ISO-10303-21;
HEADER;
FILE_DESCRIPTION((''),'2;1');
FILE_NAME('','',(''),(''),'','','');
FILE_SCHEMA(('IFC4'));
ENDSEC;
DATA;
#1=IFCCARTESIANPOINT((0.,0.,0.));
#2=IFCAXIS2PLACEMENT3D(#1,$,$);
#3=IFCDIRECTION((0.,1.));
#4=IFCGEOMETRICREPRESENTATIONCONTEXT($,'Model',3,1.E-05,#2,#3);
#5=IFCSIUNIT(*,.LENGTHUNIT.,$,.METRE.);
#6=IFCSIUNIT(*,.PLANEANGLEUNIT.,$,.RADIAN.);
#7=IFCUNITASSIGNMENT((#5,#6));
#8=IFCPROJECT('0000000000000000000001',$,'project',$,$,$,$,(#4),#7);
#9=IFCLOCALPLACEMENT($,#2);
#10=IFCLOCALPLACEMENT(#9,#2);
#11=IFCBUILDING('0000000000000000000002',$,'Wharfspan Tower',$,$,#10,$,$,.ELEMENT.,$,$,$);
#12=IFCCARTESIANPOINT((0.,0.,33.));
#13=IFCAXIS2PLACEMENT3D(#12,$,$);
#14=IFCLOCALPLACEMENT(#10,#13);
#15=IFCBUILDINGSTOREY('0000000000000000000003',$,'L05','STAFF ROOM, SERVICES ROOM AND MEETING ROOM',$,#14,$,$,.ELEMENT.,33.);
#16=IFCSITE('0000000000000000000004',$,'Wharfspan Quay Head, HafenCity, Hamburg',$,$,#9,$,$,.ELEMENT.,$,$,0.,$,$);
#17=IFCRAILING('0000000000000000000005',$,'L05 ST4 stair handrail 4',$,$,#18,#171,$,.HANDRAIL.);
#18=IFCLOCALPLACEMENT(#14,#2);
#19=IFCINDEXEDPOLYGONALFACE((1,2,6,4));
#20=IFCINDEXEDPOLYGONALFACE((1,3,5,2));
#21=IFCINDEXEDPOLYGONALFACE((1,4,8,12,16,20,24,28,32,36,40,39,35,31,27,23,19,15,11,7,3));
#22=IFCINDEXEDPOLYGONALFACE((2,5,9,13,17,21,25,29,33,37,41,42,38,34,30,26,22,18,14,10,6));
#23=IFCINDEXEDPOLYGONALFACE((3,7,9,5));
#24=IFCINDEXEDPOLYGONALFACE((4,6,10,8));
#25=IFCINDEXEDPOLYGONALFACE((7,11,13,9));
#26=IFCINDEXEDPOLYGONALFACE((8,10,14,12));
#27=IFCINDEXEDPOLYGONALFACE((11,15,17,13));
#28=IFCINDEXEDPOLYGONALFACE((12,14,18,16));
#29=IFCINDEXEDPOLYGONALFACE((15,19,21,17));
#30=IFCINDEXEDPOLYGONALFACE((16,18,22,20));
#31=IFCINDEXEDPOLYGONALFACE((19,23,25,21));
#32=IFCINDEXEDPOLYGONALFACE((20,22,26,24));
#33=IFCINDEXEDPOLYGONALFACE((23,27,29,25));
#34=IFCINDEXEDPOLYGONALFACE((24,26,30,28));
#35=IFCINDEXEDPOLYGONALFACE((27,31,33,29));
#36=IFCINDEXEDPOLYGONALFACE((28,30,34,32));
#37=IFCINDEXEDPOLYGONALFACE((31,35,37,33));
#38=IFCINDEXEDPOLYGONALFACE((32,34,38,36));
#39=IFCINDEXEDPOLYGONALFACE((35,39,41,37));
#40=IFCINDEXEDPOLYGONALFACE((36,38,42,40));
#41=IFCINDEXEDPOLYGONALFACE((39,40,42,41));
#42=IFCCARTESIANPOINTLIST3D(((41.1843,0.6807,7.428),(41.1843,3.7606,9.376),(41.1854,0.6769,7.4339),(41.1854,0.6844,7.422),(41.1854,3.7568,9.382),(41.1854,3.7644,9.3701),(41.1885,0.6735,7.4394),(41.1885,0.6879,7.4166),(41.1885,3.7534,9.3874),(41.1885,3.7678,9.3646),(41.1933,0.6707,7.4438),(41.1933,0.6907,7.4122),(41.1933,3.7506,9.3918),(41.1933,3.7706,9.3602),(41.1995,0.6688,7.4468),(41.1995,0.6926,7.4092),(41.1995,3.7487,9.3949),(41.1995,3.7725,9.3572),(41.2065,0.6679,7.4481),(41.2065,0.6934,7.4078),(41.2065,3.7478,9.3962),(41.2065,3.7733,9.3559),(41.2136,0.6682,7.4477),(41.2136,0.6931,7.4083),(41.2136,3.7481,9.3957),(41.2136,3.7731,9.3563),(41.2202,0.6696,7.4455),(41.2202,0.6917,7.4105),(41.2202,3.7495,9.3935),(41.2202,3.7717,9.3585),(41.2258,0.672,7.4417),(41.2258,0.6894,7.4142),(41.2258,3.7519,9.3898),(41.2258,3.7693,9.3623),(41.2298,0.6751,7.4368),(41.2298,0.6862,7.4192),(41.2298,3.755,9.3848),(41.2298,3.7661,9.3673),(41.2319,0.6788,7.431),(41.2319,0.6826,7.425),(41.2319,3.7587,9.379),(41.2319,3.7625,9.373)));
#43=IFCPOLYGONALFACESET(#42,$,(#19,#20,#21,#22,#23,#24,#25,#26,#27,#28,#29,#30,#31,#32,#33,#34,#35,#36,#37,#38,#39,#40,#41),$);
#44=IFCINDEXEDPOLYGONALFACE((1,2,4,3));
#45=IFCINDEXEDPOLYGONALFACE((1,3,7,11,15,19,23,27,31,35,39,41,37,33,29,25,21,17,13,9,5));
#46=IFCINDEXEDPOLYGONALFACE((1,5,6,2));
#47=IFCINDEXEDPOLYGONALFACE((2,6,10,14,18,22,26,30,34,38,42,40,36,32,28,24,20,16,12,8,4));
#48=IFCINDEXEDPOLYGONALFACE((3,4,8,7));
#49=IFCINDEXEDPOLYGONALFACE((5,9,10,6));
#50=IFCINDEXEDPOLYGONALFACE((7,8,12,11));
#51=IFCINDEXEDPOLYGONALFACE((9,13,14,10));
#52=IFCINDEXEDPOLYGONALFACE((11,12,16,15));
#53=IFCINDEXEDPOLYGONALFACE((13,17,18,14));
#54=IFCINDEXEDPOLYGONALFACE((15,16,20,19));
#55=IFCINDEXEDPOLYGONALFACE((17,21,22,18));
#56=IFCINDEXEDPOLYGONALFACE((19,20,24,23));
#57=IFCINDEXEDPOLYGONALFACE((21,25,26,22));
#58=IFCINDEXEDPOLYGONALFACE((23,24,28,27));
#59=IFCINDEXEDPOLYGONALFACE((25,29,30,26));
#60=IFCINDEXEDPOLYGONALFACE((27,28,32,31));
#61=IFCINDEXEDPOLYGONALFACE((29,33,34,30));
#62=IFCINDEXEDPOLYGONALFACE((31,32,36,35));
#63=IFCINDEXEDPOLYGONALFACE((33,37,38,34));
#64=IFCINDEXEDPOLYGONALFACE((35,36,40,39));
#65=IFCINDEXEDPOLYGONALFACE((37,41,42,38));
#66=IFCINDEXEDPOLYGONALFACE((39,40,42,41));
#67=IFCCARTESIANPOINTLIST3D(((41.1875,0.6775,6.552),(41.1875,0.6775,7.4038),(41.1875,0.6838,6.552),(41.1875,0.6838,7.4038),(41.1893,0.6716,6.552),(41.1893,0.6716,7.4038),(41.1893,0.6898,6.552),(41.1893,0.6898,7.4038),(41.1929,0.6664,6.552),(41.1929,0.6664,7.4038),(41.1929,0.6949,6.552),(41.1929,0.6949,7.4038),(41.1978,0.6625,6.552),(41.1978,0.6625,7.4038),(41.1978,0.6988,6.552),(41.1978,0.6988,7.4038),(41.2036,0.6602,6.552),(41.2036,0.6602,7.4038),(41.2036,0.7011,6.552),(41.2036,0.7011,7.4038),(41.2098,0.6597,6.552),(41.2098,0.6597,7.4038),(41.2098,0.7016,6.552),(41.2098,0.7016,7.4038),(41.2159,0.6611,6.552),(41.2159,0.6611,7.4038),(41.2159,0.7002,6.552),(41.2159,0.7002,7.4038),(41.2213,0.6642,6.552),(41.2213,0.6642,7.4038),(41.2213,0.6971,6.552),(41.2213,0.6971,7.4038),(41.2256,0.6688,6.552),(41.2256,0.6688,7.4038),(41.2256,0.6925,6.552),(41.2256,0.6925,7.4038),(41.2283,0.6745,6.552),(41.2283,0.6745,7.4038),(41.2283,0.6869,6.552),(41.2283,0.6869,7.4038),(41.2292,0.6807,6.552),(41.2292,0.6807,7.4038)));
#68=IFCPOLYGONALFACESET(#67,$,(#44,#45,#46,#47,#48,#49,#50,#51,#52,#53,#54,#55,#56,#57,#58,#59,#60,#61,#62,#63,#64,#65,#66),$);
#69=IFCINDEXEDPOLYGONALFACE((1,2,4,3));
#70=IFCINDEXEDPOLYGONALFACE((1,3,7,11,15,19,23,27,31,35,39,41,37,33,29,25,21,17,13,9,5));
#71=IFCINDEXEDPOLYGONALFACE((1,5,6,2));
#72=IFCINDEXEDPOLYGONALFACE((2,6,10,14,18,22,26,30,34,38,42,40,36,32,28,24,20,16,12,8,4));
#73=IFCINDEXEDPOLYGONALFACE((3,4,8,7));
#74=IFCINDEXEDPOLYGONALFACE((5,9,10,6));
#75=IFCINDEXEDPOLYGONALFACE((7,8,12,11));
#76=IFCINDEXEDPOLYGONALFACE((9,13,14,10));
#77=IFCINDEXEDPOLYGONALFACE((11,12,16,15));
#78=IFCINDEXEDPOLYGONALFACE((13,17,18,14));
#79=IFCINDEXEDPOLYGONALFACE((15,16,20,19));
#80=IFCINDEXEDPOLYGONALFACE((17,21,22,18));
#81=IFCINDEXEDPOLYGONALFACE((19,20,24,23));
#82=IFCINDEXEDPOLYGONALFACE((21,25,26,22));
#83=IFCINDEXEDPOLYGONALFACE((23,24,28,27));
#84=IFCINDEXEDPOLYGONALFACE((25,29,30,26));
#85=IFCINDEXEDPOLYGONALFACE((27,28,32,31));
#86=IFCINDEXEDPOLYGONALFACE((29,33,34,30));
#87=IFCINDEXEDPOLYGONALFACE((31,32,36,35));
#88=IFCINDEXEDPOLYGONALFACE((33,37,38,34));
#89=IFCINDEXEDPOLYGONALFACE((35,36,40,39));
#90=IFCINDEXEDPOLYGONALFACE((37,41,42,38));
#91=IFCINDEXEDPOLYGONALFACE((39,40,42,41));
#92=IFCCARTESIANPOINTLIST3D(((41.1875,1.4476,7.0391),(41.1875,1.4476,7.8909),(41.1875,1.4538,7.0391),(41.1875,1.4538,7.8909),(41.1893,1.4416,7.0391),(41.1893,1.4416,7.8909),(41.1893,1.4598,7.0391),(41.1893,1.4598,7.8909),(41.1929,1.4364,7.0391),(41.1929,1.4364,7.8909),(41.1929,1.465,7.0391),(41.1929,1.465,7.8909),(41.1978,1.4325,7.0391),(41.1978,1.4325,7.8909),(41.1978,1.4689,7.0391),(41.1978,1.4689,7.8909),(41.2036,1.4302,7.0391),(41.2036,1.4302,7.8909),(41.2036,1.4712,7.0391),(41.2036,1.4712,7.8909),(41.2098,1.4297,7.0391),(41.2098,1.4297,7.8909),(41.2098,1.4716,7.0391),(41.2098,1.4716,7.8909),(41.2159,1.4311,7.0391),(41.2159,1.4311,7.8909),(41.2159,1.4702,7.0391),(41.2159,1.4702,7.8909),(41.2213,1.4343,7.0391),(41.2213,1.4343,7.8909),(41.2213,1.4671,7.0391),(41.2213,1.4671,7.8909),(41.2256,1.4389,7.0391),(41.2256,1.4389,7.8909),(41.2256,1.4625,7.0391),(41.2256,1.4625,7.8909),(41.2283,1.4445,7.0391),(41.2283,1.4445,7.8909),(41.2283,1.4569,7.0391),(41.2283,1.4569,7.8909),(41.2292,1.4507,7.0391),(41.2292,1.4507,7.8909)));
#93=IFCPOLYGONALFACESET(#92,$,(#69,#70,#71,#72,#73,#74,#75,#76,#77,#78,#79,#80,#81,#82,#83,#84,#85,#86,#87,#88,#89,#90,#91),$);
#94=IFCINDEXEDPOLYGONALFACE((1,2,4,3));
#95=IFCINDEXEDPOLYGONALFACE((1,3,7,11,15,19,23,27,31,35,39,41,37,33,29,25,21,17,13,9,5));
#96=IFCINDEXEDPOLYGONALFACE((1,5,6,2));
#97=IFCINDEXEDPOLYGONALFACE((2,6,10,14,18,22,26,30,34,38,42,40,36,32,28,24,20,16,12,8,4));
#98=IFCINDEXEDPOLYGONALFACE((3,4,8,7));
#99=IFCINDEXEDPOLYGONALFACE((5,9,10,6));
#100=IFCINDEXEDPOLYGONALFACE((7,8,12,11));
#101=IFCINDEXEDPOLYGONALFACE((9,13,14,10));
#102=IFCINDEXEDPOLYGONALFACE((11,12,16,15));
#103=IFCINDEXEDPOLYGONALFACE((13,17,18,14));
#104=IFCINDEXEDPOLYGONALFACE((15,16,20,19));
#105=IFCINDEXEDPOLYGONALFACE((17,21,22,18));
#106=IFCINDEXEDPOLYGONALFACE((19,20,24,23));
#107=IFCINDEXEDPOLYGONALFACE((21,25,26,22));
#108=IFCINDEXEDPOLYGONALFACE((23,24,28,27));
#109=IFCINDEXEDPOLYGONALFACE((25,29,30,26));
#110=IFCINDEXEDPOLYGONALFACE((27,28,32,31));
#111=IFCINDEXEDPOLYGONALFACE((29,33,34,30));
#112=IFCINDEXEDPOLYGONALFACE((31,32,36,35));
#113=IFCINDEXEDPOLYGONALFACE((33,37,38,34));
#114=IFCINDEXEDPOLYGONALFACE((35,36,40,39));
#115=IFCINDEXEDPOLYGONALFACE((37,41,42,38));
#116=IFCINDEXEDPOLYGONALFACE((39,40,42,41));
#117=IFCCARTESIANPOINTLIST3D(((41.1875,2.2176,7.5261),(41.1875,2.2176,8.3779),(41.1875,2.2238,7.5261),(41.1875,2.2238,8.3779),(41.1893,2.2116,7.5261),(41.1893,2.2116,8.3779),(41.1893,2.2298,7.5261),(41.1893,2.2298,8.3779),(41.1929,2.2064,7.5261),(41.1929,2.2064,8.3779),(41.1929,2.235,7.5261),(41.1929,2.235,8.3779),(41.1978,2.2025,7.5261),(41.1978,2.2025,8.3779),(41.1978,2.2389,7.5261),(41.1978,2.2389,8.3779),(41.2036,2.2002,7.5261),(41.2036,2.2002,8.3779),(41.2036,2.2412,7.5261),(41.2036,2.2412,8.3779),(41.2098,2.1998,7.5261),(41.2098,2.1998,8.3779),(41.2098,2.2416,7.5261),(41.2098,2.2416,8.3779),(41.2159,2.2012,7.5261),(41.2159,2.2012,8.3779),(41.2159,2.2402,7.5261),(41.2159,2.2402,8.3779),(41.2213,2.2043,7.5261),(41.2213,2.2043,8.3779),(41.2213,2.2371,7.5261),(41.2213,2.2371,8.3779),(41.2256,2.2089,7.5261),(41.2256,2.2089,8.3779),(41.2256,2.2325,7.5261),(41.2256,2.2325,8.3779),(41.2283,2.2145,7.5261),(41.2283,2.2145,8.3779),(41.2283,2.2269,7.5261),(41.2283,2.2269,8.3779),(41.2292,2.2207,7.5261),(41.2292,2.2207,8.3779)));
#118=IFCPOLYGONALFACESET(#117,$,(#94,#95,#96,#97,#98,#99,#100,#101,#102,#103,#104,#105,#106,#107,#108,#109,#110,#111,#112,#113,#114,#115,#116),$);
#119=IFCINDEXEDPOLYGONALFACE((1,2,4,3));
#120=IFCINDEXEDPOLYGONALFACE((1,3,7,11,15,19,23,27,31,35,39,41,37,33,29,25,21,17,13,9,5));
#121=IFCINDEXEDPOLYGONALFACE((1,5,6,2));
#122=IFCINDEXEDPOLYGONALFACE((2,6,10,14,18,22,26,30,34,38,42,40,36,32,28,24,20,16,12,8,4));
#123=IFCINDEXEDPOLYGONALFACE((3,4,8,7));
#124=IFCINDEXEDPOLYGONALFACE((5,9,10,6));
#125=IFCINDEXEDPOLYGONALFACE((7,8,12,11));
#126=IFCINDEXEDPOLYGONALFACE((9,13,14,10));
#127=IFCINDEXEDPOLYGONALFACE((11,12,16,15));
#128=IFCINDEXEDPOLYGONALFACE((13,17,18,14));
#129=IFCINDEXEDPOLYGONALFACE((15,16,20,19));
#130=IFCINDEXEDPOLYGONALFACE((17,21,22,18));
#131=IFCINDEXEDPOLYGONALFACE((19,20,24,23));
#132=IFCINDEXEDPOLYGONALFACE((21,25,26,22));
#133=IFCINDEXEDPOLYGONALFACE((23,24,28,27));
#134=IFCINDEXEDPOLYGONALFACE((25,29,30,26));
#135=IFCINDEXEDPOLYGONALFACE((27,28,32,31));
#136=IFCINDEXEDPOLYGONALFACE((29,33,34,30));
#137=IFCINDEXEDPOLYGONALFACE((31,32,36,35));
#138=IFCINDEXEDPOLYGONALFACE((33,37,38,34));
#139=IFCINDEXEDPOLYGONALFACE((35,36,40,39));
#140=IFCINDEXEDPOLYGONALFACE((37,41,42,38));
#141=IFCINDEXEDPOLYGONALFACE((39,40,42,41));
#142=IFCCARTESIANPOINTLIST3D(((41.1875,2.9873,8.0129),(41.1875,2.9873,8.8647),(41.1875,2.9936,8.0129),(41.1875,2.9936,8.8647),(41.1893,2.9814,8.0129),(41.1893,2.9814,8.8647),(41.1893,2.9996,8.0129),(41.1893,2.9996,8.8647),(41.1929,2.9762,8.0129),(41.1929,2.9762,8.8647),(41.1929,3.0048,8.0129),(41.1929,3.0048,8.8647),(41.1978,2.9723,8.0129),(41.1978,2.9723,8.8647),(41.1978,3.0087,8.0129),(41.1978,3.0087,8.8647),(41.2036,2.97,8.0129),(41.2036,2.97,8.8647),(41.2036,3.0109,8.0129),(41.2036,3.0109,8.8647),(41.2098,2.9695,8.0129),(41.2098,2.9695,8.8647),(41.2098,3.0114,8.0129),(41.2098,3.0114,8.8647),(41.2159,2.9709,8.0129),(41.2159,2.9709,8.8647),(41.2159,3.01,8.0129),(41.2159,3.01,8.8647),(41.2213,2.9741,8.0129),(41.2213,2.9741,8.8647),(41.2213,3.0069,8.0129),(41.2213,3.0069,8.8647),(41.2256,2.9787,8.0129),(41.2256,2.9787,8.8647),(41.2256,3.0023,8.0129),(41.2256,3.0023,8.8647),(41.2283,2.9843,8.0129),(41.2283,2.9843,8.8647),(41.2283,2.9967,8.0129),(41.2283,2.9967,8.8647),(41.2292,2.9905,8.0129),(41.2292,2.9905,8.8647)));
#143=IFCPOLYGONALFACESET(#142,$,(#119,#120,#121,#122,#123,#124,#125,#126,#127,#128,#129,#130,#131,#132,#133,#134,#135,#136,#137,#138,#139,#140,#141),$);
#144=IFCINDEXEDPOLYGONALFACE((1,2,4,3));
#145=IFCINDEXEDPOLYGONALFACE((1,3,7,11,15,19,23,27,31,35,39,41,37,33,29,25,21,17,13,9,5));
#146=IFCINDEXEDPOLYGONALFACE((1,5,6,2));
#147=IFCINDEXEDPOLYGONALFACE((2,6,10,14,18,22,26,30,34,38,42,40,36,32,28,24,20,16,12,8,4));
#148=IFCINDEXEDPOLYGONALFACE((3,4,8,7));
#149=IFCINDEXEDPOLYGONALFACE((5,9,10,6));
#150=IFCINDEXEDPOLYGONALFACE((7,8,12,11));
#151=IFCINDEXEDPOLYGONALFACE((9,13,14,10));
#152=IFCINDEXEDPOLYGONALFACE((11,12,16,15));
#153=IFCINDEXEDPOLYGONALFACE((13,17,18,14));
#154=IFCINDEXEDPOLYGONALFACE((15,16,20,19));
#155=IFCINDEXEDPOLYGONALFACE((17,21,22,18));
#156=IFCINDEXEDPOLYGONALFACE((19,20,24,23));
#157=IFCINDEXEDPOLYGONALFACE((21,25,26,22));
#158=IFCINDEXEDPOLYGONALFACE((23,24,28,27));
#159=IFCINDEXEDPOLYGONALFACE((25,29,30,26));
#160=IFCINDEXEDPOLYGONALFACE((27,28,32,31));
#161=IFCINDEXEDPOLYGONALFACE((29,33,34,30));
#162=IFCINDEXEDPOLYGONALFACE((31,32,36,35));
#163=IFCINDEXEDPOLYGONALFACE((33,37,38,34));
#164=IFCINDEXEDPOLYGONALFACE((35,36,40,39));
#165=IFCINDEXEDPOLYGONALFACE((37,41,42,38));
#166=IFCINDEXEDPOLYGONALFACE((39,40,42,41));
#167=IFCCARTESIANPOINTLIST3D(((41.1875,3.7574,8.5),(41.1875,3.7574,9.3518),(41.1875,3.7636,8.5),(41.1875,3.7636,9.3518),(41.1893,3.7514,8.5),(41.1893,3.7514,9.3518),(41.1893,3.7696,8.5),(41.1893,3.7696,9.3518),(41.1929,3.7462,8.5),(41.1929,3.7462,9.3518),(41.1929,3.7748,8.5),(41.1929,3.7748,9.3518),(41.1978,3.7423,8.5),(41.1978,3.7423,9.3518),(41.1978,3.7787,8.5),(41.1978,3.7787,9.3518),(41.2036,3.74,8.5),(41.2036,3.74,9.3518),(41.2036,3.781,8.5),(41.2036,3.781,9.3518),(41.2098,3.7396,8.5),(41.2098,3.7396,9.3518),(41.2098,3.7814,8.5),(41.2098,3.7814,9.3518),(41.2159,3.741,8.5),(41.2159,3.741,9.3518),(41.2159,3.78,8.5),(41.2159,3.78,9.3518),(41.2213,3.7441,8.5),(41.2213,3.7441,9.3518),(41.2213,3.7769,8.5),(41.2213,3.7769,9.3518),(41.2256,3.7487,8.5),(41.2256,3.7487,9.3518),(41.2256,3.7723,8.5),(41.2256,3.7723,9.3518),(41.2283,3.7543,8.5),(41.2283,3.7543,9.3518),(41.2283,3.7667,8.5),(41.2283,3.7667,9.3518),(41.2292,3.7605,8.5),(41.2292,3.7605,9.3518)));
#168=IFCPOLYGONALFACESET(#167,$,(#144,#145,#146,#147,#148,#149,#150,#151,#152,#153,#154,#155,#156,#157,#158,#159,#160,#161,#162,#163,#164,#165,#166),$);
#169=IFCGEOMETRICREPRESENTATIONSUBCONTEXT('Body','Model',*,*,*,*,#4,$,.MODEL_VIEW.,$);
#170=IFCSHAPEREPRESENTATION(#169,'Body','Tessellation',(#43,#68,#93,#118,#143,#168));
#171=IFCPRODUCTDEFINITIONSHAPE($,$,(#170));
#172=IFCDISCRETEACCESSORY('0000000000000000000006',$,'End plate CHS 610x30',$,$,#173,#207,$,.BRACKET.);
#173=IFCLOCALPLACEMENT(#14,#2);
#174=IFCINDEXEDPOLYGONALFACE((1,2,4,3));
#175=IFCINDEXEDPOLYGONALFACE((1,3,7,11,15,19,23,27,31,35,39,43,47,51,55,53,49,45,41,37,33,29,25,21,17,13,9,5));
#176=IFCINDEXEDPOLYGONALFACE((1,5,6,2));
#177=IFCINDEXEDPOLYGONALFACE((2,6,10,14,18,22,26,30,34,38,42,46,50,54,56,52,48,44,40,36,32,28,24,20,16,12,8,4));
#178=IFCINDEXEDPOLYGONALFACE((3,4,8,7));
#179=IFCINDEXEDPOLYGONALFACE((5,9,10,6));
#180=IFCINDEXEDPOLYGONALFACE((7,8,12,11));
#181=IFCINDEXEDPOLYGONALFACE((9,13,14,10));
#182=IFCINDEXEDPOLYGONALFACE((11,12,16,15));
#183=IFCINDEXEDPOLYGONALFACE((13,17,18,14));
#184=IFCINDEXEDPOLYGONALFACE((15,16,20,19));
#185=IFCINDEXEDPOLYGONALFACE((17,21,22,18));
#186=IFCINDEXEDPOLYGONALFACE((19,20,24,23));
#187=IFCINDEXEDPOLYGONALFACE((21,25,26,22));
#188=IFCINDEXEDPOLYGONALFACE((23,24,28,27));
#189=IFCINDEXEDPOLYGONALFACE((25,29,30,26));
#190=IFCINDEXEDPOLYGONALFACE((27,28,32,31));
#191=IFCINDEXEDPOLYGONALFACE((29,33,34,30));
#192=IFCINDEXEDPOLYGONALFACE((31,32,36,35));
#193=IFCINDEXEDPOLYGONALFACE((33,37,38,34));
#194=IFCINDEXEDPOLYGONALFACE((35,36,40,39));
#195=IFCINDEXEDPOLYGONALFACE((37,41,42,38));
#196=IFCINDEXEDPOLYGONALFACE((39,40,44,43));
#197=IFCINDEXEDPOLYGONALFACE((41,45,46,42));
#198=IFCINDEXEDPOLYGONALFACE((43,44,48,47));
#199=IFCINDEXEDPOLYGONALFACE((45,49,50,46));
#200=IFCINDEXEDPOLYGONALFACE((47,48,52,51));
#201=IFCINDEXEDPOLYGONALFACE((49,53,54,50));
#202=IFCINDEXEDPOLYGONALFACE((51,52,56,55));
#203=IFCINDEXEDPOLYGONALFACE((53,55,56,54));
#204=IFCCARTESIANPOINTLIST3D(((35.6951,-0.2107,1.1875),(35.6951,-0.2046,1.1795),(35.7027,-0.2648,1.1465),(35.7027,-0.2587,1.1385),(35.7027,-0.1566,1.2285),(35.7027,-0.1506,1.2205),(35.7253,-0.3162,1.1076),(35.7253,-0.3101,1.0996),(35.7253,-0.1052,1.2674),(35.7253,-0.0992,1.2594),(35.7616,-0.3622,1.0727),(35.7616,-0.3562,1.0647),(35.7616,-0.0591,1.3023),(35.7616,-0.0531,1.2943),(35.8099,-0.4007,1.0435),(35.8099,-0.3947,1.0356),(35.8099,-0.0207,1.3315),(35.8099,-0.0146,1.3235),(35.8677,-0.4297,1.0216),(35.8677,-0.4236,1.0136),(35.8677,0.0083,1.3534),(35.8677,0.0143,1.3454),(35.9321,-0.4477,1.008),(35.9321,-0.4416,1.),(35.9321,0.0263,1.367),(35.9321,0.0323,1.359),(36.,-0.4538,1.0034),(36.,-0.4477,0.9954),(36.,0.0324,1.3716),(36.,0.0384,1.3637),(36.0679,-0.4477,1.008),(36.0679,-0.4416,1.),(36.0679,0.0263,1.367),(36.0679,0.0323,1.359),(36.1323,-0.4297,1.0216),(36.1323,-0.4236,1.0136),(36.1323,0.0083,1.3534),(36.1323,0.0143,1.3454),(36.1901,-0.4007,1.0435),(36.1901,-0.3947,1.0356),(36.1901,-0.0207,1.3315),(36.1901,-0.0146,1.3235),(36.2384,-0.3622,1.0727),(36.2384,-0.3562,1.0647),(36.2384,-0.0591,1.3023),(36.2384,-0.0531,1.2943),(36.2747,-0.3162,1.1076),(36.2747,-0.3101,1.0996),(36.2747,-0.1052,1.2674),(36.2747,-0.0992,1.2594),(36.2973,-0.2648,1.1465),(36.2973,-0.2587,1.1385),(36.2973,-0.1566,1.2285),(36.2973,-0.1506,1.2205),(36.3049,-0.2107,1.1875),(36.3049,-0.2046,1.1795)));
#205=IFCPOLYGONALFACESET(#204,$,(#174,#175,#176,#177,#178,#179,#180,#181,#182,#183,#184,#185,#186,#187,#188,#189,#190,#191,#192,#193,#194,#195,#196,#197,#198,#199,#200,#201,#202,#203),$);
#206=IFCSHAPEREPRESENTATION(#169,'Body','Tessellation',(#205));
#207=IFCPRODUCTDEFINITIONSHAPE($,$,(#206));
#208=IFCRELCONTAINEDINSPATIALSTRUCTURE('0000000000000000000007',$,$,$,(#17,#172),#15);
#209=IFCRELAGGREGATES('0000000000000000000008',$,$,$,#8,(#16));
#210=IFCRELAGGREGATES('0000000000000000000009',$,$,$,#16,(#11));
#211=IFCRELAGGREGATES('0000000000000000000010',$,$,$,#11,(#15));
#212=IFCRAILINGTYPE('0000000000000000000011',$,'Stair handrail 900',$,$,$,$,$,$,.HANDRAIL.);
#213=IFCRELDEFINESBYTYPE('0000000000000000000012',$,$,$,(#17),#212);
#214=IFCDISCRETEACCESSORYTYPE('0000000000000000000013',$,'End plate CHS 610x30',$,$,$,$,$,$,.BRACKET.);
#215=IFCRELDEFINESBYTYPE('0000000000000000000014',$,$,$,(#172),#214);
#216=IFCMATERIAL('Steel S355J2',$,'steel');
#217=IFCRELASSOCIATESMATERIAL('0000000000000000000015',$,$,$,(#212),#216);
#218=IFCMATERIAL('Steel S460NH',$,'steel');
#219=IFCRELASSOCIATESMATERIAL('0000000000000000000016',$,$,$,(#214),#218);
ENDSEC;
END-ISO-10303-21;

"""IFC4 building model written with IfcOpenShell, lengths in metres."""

from ifc_helpers import new_model, si_unit, direction, frame, origin, origin_2d, place, context, subcontext, project, spatial, circle, extrude, material, material_profile, profile_set, type_object, element, save


model = new_model("IFC4")

# Units and contexts
model_context = context("Model", 3, precision=1e-05, world=origin(), true_north=direction((0.0, 1.0)))
body_context = subcontext(model_context, "Body", "Model", "MODEL_VIEW")
ifc_project = project(units=[si_unit("LENGTHUNIT", "METRE"), si_unit("PLANEANGLEUNIT", "RADIAN")], contexts=[model_context])

# Site, building, storey
site_placement = place(None, origin())
site = spatial("IfcSite", under=ifc_project, at=site_placement, Name="Wharfspan Quay Head, HafenCity, Hamburg", CompositionType="ELEMENT", RefElevation=0.0)
building_placement = place(site_placement, origin())
building = spatial("IfcBuilding", under=site, at=building_placement, Name="Wharfspan Tower", CompositionType="ELEMENT")
storey_placement = place(building_placement, frame((0.0, 0.0, 33.0)))
storey = spatial("IfcBuildingStorey", under=building, at=storey_placement, Name="L05", Description="STAFF ROOM, SERVICES ROOM AND MEETING ROOM", CompositionType="ELEMENT", Elevation=33.0)

# Shared definitions
ifc_material_1 = material(Name="Steel S460NH", Category="steel")

# Railing
ifc_material_2 = material(Name="Steel S355J2", Category="steel")
railing_type_1 = type_object("IfcRailingType", Name="Stair handrail 900", PredefinedType="HANDRAIL", material=ifc_material_2)
railing_1_placement = place(storey_placement, frame((41.2083, 0.6807, 6.552)))
element("IfcRailing", 1, at=railing_1_placement, inside=storey, type_object=railing_type_1, Name="L05 ST4 stair handrail 4", PredefinedType="HANDRAIL", context=body_context, shape_type="SweptSolid", body=[
    extrude(circle(Radius=0.0239, at=origin_2d()), frame((0.0, 0.0, 0.876), z_axis=(0.0, 0.845137, 0.53455), x_axis=(-1.0, 0.0, 0.0)), (0.0, 0.0, 1.0), 3.6443),
    extrude(circle(Radius=0.021, at=origin_2d()), origin(), (0.0, 0.0, 1.0), 0.8518),
    extrude(circle(Radius=0.021, at=origin_2d()), frame((0.0, 0.77, 0.4871)), (0.0, 0.0, 1.0), 0.8518),
    extrude(circle(Radius=0.021, at=origin_2d()), frame((0.0, 1.54, 0.9741)), (0.0, 0.0, 1.0), 0.8518),
    extrude(circle(Radius=0.021, at=origin_2d()), frame((0.0, 2.3098, 1.4609)), (0.0, 0.0, 1.0), 0.8518),
    extrude(circle(Radius=0.021, at=origin_2d()), frame((0.0, 3.0798, 1.948)), (0.0, 0.0, 1.0), 0.8518),
])

# Discrete accessory
ifc_material_profile_1 = material_profile(ifc_material_1, circle(Radius=0.3049, at=origin_2d()))
ifc_profile_set_1 = profile_set([ifc_material_profile_1], Name="Steel S460NH")
discrete_accessory_type_1 = type_object("IfcDiscreteAccessoryType", Name="End plate CHS 610x30", PredefinedType="BRACKET", material=ifc_profile_set_1)
for number, where, z_axis, x_axis, name in (
    (2, (36.0, -0.2107, 1.1875), (0.0, 0.603858, -0.797092), (-1.0, 0.0, 0.0), "End plate CHS 610x30"),
):
    element("IfcDiscreteAccessory", number, at=place(storey_placement, frame(where, z_axis=z_axis, x_axis=x_axis)), inside=storey, type_object=discrete_accessory_type_1, Name=name, PredefinedType="BRACKET", context=body_context, shape_type="SweptSolid", body=[
        extrude(circle(Radius=0.3049, at=origin_2d()), origin(), (0.0, 0.0, 1.0), 0.01),
    ])

save(model, "model.ifc")
